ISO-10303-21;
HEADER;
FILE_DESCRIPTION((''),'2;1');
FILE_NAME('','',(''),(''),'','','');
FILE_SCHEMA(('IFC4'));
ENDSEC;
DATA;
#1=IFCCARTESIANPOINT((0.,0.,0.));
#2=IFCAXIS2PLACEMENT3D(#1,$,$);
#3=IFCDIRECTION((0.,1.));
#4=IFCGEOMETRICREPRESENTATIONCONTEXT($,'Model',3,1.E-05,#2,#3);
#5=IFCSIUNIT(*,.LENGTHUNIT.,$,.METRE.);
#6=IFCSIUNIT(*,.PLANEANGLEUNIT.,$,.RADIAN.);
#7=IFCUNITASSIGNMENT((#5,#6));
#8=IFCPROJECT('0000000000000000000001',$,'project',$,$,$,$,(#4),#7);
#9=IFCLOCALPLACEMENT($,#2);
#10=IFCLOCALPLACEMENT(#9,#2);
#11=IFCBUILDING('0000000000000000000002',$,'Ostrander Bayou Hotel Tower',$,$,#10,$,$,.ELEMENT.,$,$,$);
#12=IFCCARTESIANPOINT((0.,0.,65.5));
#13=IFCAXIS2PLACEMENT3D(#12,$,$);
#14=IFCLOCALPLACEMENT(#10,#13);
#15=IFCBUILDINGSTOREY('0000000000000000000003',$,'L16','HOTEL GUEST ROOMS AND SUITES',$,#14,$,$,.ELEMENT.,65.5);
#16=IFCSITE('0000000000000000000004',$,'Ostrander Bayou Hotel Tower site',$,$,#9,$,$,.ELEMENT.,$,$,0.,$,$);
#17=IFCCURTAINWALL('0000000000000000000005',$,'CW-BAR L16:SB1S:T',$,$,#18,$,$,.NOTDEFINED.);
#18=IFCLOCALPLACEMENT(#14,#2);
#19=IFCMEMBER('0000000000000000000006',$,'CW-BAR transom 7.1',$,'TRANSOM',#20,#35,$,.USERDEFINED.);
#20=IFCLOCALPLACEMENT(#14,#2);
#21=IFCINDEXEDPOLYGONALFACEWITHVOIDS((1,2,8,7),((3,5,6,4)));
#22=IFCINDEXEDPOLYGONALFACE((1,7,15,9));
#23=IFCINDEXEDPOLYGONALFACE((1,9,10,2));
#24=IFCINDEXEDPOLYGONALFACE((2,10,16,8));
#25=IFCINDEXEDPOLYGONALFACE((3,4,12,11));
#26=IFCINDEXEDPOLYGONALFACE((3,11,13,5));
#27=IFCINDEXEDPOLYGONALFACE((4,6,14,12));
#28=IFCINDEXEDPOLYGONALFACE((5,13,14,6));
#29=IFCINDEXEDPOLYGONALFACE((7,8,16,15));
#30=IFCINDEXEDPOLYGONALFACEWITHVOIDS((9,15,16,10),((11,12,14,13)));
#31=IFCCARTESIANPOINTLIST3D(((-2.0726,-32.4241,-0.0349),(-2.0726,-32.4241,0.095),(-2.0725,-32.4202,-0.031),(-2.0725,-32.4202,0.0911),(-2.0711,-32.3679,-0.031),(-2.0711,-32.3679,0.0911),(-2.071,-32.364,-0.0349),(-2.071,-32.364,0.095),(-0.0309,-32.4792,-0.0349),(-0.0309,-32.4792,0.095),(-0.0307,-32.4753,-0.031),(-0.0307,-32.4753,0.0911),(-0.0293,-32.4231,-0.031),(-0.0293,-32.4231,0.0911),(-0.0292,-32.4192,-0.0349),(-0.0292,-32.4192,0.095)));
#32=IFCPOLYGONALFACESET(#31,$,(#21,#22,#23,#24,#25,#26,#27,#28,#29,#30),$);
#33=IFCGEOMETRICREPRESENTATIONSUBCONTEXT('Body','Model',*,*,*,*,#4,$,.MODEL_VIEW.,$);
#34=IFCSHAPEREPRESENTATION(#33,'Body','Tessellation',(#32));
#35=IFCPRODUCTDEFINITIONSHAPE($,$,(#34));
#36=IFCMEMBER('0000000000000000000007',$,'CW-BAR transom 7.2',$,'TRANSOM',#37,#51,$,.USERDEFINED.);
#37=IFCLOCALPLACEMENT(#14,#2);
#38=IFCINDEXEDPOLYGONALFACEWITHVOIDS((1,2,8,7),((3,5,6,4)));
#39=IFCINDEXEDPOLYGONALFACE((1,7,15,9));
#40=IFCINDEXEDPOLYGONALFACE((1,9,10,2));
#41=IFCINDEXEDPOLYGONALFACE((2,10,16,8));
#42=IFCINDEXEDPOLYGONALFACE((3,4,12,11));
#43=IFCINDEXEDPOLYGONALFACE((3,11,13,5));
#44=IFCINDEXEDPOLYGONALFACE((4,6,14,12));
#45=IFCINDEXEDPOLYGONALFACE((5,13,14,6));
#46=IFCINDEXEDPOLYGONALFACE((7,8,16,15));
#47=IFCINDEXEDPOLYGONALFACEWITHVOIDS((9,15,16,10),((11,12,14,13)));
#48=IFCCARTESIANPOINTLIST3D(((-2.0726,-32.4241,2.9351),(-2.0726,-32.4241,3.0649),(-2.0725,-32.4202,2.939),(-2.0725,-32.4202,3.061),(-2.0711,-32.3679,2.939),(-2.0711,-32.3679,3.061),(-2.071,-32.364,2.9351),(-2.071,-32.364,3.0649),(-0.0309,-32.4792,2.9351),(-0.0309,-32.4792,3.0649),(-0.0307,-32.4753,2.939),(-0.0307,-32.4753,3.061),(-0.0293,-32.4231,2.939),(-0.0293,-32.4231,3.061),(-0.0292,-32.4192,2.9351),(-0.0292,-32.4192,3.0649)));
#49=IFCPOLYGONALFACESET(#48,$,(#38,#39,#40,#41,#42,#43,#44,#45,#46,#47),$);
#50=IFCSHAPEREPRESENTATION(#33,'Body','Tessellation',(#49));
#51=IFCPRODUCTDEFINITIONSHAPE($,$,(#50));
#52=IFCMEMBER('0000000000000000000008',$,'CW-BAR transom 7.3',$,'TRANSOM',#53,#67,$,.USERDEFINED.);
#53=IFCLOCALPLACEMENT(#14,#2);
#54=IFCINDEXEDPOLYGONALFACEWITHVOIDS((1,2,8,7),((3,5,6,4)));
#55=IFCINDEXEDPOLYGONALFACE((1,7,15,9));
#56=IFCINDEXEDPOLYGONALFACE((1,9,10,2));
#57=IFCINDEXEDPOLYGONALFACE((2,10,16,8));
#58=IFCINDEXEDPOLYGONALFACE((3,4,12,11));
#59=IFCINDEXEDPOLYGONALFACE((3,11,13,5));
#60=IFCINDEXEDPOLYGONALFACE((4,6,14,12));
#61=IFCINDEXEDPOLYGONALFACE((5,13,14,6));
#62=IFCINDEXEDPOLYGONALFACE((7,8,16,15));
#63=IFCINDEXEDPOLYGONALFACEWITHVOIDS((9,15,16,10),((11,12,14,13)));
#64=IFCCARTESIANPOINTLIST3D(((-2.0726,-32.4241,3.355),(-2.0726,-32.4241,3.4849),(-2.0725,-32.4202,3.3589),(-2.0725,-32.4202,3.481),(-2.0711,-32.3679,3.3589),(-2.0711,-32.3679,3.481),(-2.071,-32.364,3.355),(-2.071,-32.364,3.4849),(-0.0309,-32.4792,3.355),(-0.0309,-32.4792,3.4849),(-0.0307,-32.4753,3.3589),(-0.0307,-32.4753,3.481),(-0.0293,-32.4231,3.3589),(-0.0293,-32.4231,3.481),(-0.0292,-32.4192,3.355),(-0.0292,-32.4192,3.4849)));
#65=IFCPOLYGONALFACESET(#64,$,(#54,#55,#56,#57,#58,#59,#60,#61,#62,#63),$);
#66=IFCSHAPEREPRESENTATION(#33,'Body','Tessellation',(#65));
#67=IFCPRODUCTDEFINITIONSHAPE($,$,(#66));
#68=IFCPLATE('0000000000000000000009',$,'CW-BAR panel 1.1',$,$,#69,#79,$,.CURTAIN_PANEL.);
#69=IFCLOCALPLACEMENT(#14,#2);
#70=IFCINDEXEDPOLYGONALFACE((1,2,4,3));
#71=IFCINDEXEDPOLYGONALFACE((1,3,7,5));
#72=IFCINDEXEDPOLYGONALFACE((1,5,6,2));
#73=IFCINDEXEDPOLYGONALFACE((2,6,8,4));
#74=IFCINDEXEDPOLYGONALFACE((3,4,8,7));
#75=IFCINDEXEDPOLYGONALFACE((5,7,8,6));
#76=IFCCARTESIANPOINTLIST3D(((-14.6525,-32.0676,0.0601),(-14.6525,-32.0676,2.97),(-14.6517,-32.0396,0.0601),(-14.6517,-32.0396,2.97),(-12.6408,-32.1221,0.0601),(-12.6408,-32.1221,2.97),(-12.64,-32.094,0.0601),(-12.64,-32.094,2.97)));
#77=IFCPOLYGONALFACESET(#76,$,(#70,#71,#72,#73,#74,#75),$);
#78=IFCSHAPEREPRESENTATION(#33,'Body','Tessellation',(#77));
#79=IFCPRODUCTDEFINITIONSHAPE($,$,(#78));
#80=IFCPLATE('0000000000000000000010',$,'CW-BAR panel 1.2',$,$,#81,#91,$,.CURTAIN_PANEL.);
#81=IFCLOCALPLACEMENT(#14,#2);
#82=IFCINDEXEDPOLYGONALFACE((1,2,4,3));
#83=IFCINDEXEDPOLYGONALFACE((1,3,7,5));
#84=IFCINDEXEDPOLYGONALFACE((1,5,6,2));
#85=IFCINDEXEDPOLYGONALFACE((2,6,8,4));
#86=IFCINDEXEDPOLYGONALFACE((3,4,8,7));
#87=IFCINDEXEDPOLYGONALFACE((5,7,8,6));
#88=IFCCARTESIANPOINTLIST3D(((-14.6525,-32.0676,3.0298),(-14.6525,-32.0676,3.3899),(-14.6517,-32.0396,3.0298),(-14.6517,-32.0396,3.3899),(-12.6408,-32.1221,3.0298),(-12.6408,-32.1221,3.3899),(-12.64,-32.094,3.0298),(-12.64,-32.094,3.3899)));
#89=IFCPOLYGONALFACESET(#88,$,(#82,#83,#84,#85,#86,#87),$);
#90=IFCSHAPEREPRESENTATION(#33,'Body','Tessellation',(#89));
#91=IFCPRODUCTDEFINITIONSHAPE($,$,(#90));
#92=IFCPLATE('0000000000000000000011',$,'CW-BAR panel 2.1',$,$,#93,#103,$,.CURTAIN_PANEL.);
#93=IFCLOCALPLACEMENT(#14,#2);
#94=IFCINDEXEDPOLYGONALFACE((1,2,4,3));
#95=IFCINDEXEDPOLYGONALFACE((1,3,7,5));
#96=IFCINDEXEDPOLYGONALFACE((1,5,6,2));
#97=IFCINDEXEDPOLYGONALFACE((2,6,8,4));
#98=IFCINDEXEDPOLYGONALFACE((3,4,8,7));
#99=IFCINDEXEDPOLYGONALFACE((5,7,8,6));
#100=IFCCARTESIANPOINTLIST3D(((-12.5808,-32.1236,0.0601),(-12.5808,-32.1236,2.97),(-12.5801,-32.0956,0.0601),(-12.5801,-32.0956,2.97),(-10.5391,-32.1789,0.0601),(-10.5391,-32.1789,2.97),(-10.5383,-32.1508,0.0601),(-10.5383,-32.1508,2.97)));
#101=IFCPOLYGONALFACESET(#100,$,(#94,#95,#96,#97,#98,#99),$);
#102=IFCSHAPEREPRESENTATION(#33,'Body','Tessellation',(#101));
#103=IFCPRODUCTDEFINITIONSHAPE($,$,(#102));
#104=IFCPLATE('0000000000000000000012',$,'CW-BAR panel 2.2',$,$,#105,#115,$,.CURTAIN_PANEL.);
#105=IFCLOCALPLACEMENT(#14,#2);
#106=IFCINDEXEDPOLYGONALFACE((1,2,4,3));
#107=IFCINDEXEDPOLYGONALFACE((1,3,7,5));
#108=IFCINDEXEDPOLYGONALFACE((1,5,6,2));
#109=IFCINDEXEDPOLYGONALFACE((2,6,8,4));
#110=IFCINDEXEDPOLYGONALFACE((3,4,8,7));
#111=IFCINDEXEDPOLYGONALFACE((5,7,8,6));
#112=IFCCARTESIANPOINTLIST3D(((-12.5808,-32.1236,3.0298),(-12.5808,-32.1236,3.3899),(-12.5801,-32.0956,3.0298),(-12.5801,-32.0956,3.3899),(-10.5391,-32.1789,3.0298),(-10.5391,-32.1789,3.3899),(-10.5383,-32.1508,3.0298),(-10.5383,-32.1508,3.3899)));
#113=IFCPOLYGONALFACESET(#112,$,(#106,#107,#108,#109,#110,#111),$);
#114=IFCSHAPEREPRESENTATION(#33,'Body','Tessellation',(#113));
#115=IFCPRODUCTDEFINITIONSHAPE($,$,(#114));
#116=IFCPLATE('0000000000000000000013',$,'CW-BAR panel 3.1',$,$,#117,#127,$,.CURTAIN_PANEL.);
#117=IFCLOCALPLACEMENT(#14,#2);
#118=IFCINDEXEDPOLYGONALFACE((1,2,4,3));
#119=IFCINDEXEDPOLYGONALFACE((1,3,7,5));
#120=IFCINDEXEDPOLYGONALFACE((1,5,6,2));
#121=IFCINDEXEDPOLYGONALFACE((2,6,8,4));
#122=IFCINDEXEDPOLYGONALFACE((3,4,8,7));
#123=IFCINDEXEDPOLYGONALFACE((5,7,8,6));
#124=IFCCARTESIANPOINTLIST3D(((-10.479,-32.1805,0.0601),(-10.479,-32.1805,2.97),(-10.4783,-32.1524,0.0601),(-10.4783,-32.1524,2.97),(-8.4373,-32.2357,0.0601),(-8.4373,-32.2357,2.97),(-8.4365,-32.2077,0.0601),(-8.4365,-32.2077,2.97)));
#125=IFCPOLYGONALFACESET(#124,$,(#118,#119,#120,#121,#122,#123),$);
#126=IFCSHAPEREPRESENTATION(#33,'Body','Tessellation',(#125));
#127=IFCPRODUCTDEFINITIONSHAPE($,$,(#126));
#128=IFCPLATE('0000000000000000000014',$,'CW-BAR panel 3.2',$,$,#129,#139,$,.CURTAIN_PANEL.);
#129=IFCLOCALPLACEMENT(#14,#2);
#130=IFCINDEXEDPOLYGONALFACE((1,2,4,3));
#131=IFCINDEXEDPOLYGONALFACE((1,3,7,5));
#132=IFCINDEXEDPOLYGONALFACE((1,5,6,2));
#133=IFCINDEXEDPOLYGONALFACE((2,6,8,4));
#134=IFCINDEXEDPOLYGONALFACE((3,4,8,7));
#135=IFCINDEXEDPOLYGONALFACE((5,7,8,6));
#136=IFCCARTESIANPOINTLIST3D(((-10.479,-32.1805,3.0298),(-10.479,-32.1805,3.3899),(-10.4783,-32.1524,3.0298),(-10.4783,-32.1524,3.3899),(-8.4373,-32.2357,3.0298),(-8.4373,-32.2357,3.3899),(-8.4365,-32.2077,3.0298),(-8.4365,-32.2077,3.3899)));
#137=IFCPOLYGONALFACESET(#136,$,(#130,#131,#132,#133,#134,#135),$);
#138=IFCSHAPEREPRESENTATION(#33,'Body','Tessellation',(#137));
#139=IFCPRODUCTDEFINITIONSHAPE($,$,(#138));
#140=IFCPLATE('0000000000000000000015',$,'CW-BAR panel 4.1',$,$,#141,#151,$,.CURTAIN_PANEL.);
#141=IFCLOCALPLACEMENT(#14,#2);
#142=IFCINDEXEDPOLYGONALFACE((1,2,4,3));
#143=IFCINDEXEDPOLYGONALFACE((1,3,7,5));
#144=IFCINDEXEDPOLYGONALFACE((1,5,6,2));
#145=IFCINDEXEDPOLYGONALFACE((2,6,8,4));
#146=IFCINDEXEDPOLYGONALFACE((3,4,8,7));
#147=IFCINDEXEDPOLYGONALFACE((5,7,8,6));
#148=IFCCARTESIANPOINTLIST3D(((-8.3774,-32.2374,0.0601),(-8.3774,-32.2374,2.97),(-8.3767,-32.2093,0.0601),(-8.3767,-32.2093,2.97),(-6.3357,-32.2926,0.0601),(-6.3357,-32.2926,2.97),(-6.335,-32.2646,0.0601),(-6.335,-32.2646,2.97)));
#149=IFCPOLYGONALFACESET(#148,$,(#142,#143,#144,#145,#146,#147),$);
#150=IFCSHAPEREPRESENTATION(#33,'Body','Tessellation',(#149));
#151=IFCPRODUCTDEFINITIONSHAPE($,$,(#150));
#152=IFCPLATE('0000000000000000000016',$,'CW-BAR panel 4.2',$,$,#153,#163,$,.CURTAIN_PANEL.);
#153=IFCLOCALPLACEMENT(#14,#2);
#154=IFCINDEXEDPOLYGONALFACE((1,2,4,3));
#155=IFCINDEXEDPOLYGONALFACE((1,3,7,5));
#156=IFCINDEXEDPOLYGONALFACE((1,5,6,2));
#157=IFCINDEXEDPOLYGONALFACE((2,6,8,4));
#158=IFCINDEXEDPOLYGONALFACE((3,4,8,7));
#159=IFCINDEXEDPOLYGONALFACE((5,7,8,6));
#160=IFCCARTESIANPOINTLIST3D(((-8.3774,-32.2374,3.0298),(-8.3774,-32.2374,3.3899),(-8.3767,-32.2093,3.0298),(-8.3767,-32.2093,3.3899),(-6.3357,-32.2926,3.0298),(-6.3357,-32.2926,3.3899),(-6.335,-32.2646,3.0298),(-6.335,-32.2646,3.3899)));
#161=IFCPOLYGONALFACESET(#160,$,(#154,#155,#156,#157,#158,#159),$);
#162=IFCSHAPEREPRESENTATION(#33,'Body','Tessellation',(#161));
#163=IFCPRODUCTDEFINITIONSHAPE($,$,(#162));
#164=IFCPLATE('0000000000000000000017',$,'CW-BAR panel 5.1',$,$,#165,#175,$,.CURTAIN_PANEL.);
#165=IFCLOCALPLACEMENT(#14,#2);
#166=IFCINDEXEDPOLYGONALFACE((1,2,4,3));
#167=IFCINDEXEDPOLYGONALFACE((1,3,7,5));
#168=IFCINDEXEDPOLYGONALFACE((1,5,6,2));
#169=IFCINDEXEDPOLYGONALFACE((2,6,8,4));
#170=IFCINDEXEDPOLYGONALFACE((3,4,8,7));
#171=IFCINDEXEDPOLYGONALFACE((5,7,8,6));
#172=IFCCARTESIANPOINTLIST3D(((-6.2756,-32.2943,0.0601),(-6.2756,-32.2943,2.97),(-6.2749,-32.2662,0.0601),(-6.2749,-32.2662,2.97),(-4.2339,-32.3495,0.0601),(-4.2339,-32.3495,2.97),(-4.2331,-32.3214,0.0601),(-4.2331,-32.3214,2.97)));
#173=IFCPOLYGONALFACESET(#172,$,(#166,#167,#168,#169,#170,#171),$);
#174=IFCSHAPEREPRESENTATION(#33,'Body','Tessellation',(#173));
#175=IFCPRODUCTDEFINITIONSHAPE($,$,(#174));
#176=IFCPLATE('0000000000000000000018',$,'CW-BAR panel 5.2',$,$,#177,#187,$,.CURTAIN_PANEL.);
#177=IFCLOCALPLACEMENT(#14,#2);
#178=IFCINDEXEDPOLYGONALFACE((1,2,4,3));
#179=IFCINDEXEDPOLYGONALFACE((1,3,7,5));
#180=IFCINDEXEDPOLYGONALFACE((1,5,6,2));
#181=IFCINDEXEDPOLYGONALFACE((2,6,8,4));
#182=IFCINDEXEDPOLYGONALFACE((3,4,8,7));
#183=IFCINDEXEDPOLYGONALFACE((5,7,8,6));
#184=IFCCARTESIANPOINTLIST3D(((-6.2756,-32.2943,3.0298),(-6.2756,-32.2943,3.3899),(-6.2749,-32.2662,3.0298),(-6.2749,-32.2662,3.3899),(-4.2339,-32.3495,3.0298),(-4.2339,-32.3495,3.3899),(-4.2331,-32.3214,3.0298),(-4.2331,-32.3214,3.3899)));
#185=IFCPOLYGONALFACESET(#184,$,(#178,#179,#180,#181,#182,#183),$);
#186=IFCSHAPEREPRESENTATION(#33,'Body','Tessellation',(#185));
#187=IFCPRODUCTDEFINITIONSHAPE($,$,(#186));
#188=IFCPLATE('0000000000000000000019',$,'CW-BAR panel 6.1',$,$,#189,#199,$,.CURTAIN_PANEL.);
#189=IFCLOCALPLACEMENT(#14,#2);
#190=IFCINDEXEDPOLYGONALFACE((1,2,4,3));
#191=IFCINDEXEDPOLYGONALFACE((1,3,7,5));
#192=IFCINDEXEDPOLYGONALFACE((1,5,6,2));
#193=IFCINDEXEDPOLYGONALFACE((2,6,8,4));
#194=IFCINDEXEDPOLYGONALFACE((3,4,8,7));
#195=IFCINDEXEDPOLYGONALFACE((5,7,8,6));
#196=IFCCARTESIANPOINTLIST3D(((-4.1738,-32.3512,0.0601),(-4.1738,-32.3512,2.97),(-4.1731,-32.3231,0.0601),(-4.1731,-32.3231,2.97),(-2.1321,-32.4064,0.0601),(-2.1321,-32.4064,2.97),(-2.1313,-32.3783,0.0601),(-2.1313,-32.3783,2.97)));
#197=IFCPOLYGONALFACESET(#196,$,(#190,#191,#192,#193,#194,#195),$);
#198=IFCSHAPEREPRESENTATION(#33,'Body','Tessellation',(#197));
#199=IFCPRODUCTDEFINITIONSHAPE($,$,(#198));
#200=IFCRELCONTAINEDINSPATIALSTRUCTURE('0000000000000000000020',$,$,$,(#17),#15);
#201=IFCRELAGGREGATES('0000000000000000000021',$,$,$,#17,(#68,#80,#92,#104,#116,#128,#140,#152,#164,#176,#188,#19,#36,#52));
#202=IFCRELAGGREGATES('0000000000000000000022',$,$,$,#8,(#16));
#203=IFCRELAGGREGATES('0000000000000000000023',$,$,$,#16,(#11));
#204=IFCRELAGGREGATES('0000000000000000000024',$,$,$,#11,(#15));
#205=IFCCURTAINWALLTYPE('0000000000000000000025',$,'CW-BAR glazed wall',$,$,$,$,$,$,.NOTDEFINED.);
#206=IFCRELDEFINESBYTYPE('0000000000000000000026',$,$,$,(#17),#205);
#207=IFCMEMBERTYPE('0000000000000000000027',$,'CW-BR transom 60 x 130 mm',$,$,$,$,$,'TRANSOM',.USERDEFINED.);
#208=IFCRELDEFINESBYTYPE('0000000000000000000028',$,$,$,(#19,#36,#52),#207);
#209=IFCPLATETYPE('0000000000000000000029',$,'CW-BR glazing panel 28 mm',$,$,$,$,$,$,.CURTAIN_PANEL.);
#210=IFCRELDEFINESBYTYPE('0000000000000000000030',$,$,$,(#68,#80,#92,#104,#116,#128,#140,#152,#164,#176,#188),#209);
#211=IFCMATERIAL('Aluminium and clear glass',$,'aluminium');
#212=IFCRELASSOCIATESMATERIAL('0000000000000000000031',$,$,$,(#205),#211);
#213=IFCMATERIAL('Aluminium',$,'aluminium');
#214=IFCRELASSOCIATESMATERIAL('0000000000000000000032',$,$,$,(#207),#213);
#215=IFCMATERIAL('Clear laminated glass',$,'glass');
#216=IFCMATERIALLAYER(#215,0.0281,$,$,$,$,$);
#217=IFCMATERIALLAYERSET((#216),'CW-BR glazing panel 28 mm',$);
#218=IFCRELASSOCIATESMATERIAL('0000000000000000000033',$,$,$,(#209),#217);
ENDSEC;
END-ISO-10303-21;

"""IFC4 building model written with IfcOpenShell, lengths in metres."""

from ifc_helpers import new_model, si_unit, direction, frame, origin, origin_2d, place, context, subcontext, project, spatial, rectangle, hollow_rectangle, extrude, material, layer, layer_set, material_profile, profile_set, type_object, element, aggregate, save


model = new_model("IFC4")

# Units and contexts
model_context = context("Model", 3, precision=1e-05, world=origin(), true_north=direction((0.0, 1.0)))
body_context = subcontext(model_context, "Body", "Model", "MODEL_VIEW")
ifc_project = project(units=[si_unit("LENGTHUNIT", "METRE"), si_unit("PLANEANGLEUNIT", "RADIAN")], contexts=[model_context])

# Site, building, storey
site_placement = place(None, origin())
site = spatial("IfcSite", under=ifc_project, at=site_placement, Name="Ostrander Bayou Hotel Tower site", CompositionType="ELEMENT", RefElevation=0.0)
building_placement = place(site_placement, origin())
building = spatial("IfcBuilding", under=site, at=building_placement, Name="Ostrander Bayou Hotel Tower", CompositionType="ELEMENT")
storey_placement = place(building_placement, frame((0.0, 0.0, 65.5)))
storey = spatial("IfcBuildingStorey", under=building, at=storey_placement, Name="L16", Description="HOTEL GUEST ROOMS AND SUITES", CompositionType="ELEMENT", Elevation=65.5)

# Curtain wall, members, plates
ifc_material_1 = material(Name="Aluminium and clear glass", Category="aluminium")
curtain_wall_type = type_object("IfcCurtainWallType", Name="CW-BAR glazed wall", PredefinedType="NOTDEFINED", material=ifc_material_1)
curtain_wall_placement = place(storey_placement, origin())
curtain_wall = element("IfcCurtainWall", 1, at=curtain_wall_placement, inside=storey, type_object=curtain_wall_type, Name="CW-BAR L16:SB1S:T", PredefinedType="NOTDEFINED")
ifc_material_2 = material(Name="Aluminium", Category="aluminium")
ifc_material_profile_1 = material_profile(ifc_material_2, hollow_rectangle(XDim=0.0601, YDim=0.1299, WallThickness=0.0039, at=origin_2d()))
ifc_profile_set_1 = profile_set([ifc_material_profile_1], Name="Aluminium")
member_type_1 = type_object("IfcMemberType", Name="CW-BR transom 60 x 130 mm", ElementType="TRANSOM", PredefinedType="USERDEFINED", material=ifc_profile_set_1)
member_1_placement = place(storey_placement, frame((-2.0718, -32.394, 0.03), z_axis=(0.999635, -0.027014, 0.0), x_axis=(0.027014, 0.999635, 0.0)))
member_1 = element("IfcMember", 2, at=member_1_placement, type_object=member_type_1, Name="CW-BAR transom 7.1", ObjectType="TRANSOM", PredefinedType="USERDEFINED", context=body_context, shape_type="SweptSolid", body=[
    extrude(hollow_rectangle(XDim=0.0601, YDim=0.1299, WallThickness=0.0039, at=origin_2d()), origin(), (0.0, 0.0, 1.0), 2.0425),
])
member_2_placement = place(storey_placement, frame((-2.0718, -32.394, 3.0), z_axis=(0.999635, -0.027014, 0.0), x_axis=(0.027014, 0.999635, 0.0)))
member_2 = element("IfcMember", 3, at=member_2_placement, type_object=member_type_1, Name="CW-BAR transom 7.2", ObjectType="TRANSOM", PredefinedType="USERDEFINED", context=body_context, shape_type="SweptSolid", body=[
    extrude(hollow_rectangle(XDim=0.0601, YDim=0.1299, WallThickness=0.0039, at=origin_2d()), origin(), (0.0, 0.0, 1.0), 2.0425),
])
member_3_placement = place(storey_placement, frame((-2.0718, -32.394, 3.4199), z_axis=(0.999635, -0.027014, 0.0), x_axis=(0.027014, 0.999635, 0.0)))
member_3 = element("IfcMember", 4, at=member_3_placement, type_object=member_type_1, Name="CW-BAR transom 7.3", ObjectType="TRANSOM", PredefinedType="USERDEFINED", context=body_context, shape_type="SweptSolid", body=[
    extrude(hollow_rectangle(XDim=0.0601, YDim=0.1299, WallThickness=0.0039, at=origin_2d()), origin(), (0.0, 0.0, 1.0), 2.0425),
])
ifc_material_3 = material(Name="Clear laminated glass", Category="glass")
ifc_layer_1 = layer(ifc_material_3, 0.0281)
ifc_layer_set_1 = layer_set([ifc_layer_1], Name="CW-BR glazing panel 28 mm")
plate_type = type_object("IfcPlateType", Name="CW-BR glazing panel 28 mm", PredefinedType="CURTAIN_PANEL", material=ifc_layer_set_1)
plate_1_placement = place(storey_placement, frame((-13.6462, -32.0808, 0.0601), z_axis=(0.0, 0.0, 1.0), x_axis=(0.999634, -0.027042, 0.0)))
plate_1 = element("IfcPlate", 5, at=plate_1_placement, type_object=plate_type, Name="CW-BAR panel 1.1", PredefinedType="CURTAIN_PANEL", context=body_context, shape_type="SweptSolid", body=[
    extrude(rectangle(XDim=2.0125, YDim=0.0281, at=origin_2d()), origin(), (0.0, 0.0, 1.0), 2.9099),
])
plate_2_placement = place(storey_placement, frame((-13.6462, -32.0808, 3.0298), z_axis=(0.0, 0.0, 1.0), x_axis=(0.999634, -0.027042, 0.0)))
plate_2 = element("IfcPlate", 6, at=plate_2_placement, type_object=plate_type, Name="CW-BAR panel 1.2", PredefinedType="CURTAIN_PANEL", context=body_context, shape_type="SweptSolid", body=[
    extrude(rectangle(XDim=2.0125, YDim=0.0281, at=origin_2d()), origin(), (0.0, 0.0, 1.0), 0.3601),
])
plate_3_placement = place(storey_placement, frame((-11.5596, -32.1372, 0.0601), z_axis=(0.0, 0.0, 1.0), x_axis=(0.999634, -0.027042, 0.0)))
plate_3 = element("IfcPlate", 7, at=plate_3_placement, type_object=plate_type, Name="CW-BAR panel 2.1", PredefinedType="CURTAIN_PANEL", context=body_context, shape_type="SweptSolid", body=[
    extrude(rectangle(XDim=2.0425, YDim=0.0281, at=origin_2d()), origin(), (0.0, 0.0, 1.0), 2.9099),
])
plate_4_placement = place(storey_placement, frame((-11.5596, -32.1372, 3.0298), z_axis=(0.0, 0.0, 1.0), x_axis=(0.999634, -0.027042, 0.0)))
plate_4 = element("IfcPlate", 8, at=plate_4_placement, type_object=plate_type, Name="CW-BAR panel 2.2", PredefinedType="CURTAIN_PANEL", context=body_context, shape_type="SweptSolid", body=[
    extrude(rectangle(XDim=2.0425, YDim=0.0281, at=origin_2d()), origin(), (0.0, 0.0, 1.0), 0.3601),
])
plate_5_placement = place(storey_placement, frame((-9.4578, -32.1941, 0.0601), z_axis=(0.0, 0.0, 1.0), x_axis=(0.999634, -0.027042, 0.0)))
plate_5 = element("IfcPlate", 9, at=plate_5_placement, type_object=plate_type, Name="CW-BAR panel 3.1", PredefinedType="CURTAIN_PANEL", context=body_context, shape_type="SweptSolid", body=[
    extrude(rectangle(XDim=2.0425, YDim=0.0281, at=origin_2d()), origin(), (0.0, 0.0, 1.0), 2.9099),
])
plate_6_placement = place(storey_placement, frame((-9.4578, -32.1941, 3.0298), z_axis=(0.0, 0.0, 1.0), x_axis=(0.999634, -0.027042, 0.0)))
plate_6 = element("IfcPlate", 10, at=plate_6_placement, type_object=plate_type, Name="CW-BAR panel 3.2", PredefinedType="CURTAIN_PANEL", context=body_context, shape_type="SweptSolid", body=[
    extrude(rectangle(XDim=2.0425, YDim=0.0281, at=origin_2d()), origin(), (0.0, 0.0, 1.0), 0.3601),
])
plate_7_placement = place(storey_placement, frame((-7.3562, -32.251, 0.0601), z_axis=(0.0, 0.0, 1.0), x_axis=(0.999634, -0.027042, 0.0)))
plate_7 = element("IfcPlate", 11, at=plate_7_placement, type_object=plate_type, Name="CW-BAR panel 4.1", PredefinedType="CURTAIN_PANEL", context=body_context, shape_type="SweptSolid", body=[
    extrude(rectangle(XDim=2.0425, YDim=0.0281, at=origin_2d()), origin(), (0.0, 0.0, 1.0), 2.9099),
])
plate_8_placement = place(storey_placement, frame((-7.3562, -32.251, 3.0298), z_axis=(0.0, 0.0, 1.0), x_axis=(0.999634, -0.027042, 0.0)))
plate_8 = element("IfcPlate", 12, at=plate_8_placement, type_object=plate_type, Name="CW-BAR panel 4.2", PredefinedType="CURTAIN_PANEL", context=body_context, shape_type="SweptSolid", body=[
    extrude(rectangle(XDim=2.0425, YDim=0.0281, at=origin_2d()), origin(), (0.0, 0.0, 1.0), 0.3601),
])
plate_9_placement = place(storey_placement, frame((-5.2544, -32.3079, 0.0601), z_axis=(0.0, 0.0, 1.0), x_axis=(0.999634, -0.027042, 0.0)))
plate_9 = element("IfcPlate", 13, at=plate_9_placement, type_object=plate_type, Name="CW-BAR panel 5.1", PredefinedType="CURTAIN_PANEL", context=body_context, shape_type="SweptSolid", body=[
    extrude(rectangle(XDim=2.0425, YDim=0.0281, at=origin_2d()), origin(), (0.0, 0.0, 1.0), 2.9099),
])
plate_10_placement = place(storey_placement, frame((-5.2544, -32.3079, 3.0298), z_axis=(0.0, 0.0, 1.0), x_axis=(0.999634, -0.027042, 0.0)))
plate_10 = element("IfcPlate", 14, at=plate_10_placement, type_object=plate_type, Name="CW-BAR panel 5.2", PredefinedType="CURTAIN_PANEL", context=body_context, shape_type="SweptSolid", body=[
    extrude(rectangle(XDim=2.0425, YDim=0.0281, at=origin_2d()), origin(), (0.0, 0.0, 1.0), 0.3601),
])
plate_11_placement = place(storey_placement, frame((-3.1526, -32.3647, 0.0601), z_axis=(0.0, 0.0, 1.0), x_axis=(0.999634, -0.027042, 0.0)))
plate_11 = element("IfcPlate", 15, at=plate_11_placement, type_object=plate_type, Name="CW-BAR panel 6.1", PredefinedType="CURTAIN_PANEL", context=body_context, shape_type="SweptSolid", body=[
    extrude(rectangle(XDim=2.0425, YDim=0.0281, at=origin_2d()), origin(), (0.0, 0.0, 1.0), 2.9099),
])
aggregate(curtain_wall, [plate_1, plate_2, plate_3, plate_4, plate_5, plate_6, plate_7, plate_8, plate_9, plate_10, plate_11, member_1, member_2, member_3])

save(model, "model.ifc")
